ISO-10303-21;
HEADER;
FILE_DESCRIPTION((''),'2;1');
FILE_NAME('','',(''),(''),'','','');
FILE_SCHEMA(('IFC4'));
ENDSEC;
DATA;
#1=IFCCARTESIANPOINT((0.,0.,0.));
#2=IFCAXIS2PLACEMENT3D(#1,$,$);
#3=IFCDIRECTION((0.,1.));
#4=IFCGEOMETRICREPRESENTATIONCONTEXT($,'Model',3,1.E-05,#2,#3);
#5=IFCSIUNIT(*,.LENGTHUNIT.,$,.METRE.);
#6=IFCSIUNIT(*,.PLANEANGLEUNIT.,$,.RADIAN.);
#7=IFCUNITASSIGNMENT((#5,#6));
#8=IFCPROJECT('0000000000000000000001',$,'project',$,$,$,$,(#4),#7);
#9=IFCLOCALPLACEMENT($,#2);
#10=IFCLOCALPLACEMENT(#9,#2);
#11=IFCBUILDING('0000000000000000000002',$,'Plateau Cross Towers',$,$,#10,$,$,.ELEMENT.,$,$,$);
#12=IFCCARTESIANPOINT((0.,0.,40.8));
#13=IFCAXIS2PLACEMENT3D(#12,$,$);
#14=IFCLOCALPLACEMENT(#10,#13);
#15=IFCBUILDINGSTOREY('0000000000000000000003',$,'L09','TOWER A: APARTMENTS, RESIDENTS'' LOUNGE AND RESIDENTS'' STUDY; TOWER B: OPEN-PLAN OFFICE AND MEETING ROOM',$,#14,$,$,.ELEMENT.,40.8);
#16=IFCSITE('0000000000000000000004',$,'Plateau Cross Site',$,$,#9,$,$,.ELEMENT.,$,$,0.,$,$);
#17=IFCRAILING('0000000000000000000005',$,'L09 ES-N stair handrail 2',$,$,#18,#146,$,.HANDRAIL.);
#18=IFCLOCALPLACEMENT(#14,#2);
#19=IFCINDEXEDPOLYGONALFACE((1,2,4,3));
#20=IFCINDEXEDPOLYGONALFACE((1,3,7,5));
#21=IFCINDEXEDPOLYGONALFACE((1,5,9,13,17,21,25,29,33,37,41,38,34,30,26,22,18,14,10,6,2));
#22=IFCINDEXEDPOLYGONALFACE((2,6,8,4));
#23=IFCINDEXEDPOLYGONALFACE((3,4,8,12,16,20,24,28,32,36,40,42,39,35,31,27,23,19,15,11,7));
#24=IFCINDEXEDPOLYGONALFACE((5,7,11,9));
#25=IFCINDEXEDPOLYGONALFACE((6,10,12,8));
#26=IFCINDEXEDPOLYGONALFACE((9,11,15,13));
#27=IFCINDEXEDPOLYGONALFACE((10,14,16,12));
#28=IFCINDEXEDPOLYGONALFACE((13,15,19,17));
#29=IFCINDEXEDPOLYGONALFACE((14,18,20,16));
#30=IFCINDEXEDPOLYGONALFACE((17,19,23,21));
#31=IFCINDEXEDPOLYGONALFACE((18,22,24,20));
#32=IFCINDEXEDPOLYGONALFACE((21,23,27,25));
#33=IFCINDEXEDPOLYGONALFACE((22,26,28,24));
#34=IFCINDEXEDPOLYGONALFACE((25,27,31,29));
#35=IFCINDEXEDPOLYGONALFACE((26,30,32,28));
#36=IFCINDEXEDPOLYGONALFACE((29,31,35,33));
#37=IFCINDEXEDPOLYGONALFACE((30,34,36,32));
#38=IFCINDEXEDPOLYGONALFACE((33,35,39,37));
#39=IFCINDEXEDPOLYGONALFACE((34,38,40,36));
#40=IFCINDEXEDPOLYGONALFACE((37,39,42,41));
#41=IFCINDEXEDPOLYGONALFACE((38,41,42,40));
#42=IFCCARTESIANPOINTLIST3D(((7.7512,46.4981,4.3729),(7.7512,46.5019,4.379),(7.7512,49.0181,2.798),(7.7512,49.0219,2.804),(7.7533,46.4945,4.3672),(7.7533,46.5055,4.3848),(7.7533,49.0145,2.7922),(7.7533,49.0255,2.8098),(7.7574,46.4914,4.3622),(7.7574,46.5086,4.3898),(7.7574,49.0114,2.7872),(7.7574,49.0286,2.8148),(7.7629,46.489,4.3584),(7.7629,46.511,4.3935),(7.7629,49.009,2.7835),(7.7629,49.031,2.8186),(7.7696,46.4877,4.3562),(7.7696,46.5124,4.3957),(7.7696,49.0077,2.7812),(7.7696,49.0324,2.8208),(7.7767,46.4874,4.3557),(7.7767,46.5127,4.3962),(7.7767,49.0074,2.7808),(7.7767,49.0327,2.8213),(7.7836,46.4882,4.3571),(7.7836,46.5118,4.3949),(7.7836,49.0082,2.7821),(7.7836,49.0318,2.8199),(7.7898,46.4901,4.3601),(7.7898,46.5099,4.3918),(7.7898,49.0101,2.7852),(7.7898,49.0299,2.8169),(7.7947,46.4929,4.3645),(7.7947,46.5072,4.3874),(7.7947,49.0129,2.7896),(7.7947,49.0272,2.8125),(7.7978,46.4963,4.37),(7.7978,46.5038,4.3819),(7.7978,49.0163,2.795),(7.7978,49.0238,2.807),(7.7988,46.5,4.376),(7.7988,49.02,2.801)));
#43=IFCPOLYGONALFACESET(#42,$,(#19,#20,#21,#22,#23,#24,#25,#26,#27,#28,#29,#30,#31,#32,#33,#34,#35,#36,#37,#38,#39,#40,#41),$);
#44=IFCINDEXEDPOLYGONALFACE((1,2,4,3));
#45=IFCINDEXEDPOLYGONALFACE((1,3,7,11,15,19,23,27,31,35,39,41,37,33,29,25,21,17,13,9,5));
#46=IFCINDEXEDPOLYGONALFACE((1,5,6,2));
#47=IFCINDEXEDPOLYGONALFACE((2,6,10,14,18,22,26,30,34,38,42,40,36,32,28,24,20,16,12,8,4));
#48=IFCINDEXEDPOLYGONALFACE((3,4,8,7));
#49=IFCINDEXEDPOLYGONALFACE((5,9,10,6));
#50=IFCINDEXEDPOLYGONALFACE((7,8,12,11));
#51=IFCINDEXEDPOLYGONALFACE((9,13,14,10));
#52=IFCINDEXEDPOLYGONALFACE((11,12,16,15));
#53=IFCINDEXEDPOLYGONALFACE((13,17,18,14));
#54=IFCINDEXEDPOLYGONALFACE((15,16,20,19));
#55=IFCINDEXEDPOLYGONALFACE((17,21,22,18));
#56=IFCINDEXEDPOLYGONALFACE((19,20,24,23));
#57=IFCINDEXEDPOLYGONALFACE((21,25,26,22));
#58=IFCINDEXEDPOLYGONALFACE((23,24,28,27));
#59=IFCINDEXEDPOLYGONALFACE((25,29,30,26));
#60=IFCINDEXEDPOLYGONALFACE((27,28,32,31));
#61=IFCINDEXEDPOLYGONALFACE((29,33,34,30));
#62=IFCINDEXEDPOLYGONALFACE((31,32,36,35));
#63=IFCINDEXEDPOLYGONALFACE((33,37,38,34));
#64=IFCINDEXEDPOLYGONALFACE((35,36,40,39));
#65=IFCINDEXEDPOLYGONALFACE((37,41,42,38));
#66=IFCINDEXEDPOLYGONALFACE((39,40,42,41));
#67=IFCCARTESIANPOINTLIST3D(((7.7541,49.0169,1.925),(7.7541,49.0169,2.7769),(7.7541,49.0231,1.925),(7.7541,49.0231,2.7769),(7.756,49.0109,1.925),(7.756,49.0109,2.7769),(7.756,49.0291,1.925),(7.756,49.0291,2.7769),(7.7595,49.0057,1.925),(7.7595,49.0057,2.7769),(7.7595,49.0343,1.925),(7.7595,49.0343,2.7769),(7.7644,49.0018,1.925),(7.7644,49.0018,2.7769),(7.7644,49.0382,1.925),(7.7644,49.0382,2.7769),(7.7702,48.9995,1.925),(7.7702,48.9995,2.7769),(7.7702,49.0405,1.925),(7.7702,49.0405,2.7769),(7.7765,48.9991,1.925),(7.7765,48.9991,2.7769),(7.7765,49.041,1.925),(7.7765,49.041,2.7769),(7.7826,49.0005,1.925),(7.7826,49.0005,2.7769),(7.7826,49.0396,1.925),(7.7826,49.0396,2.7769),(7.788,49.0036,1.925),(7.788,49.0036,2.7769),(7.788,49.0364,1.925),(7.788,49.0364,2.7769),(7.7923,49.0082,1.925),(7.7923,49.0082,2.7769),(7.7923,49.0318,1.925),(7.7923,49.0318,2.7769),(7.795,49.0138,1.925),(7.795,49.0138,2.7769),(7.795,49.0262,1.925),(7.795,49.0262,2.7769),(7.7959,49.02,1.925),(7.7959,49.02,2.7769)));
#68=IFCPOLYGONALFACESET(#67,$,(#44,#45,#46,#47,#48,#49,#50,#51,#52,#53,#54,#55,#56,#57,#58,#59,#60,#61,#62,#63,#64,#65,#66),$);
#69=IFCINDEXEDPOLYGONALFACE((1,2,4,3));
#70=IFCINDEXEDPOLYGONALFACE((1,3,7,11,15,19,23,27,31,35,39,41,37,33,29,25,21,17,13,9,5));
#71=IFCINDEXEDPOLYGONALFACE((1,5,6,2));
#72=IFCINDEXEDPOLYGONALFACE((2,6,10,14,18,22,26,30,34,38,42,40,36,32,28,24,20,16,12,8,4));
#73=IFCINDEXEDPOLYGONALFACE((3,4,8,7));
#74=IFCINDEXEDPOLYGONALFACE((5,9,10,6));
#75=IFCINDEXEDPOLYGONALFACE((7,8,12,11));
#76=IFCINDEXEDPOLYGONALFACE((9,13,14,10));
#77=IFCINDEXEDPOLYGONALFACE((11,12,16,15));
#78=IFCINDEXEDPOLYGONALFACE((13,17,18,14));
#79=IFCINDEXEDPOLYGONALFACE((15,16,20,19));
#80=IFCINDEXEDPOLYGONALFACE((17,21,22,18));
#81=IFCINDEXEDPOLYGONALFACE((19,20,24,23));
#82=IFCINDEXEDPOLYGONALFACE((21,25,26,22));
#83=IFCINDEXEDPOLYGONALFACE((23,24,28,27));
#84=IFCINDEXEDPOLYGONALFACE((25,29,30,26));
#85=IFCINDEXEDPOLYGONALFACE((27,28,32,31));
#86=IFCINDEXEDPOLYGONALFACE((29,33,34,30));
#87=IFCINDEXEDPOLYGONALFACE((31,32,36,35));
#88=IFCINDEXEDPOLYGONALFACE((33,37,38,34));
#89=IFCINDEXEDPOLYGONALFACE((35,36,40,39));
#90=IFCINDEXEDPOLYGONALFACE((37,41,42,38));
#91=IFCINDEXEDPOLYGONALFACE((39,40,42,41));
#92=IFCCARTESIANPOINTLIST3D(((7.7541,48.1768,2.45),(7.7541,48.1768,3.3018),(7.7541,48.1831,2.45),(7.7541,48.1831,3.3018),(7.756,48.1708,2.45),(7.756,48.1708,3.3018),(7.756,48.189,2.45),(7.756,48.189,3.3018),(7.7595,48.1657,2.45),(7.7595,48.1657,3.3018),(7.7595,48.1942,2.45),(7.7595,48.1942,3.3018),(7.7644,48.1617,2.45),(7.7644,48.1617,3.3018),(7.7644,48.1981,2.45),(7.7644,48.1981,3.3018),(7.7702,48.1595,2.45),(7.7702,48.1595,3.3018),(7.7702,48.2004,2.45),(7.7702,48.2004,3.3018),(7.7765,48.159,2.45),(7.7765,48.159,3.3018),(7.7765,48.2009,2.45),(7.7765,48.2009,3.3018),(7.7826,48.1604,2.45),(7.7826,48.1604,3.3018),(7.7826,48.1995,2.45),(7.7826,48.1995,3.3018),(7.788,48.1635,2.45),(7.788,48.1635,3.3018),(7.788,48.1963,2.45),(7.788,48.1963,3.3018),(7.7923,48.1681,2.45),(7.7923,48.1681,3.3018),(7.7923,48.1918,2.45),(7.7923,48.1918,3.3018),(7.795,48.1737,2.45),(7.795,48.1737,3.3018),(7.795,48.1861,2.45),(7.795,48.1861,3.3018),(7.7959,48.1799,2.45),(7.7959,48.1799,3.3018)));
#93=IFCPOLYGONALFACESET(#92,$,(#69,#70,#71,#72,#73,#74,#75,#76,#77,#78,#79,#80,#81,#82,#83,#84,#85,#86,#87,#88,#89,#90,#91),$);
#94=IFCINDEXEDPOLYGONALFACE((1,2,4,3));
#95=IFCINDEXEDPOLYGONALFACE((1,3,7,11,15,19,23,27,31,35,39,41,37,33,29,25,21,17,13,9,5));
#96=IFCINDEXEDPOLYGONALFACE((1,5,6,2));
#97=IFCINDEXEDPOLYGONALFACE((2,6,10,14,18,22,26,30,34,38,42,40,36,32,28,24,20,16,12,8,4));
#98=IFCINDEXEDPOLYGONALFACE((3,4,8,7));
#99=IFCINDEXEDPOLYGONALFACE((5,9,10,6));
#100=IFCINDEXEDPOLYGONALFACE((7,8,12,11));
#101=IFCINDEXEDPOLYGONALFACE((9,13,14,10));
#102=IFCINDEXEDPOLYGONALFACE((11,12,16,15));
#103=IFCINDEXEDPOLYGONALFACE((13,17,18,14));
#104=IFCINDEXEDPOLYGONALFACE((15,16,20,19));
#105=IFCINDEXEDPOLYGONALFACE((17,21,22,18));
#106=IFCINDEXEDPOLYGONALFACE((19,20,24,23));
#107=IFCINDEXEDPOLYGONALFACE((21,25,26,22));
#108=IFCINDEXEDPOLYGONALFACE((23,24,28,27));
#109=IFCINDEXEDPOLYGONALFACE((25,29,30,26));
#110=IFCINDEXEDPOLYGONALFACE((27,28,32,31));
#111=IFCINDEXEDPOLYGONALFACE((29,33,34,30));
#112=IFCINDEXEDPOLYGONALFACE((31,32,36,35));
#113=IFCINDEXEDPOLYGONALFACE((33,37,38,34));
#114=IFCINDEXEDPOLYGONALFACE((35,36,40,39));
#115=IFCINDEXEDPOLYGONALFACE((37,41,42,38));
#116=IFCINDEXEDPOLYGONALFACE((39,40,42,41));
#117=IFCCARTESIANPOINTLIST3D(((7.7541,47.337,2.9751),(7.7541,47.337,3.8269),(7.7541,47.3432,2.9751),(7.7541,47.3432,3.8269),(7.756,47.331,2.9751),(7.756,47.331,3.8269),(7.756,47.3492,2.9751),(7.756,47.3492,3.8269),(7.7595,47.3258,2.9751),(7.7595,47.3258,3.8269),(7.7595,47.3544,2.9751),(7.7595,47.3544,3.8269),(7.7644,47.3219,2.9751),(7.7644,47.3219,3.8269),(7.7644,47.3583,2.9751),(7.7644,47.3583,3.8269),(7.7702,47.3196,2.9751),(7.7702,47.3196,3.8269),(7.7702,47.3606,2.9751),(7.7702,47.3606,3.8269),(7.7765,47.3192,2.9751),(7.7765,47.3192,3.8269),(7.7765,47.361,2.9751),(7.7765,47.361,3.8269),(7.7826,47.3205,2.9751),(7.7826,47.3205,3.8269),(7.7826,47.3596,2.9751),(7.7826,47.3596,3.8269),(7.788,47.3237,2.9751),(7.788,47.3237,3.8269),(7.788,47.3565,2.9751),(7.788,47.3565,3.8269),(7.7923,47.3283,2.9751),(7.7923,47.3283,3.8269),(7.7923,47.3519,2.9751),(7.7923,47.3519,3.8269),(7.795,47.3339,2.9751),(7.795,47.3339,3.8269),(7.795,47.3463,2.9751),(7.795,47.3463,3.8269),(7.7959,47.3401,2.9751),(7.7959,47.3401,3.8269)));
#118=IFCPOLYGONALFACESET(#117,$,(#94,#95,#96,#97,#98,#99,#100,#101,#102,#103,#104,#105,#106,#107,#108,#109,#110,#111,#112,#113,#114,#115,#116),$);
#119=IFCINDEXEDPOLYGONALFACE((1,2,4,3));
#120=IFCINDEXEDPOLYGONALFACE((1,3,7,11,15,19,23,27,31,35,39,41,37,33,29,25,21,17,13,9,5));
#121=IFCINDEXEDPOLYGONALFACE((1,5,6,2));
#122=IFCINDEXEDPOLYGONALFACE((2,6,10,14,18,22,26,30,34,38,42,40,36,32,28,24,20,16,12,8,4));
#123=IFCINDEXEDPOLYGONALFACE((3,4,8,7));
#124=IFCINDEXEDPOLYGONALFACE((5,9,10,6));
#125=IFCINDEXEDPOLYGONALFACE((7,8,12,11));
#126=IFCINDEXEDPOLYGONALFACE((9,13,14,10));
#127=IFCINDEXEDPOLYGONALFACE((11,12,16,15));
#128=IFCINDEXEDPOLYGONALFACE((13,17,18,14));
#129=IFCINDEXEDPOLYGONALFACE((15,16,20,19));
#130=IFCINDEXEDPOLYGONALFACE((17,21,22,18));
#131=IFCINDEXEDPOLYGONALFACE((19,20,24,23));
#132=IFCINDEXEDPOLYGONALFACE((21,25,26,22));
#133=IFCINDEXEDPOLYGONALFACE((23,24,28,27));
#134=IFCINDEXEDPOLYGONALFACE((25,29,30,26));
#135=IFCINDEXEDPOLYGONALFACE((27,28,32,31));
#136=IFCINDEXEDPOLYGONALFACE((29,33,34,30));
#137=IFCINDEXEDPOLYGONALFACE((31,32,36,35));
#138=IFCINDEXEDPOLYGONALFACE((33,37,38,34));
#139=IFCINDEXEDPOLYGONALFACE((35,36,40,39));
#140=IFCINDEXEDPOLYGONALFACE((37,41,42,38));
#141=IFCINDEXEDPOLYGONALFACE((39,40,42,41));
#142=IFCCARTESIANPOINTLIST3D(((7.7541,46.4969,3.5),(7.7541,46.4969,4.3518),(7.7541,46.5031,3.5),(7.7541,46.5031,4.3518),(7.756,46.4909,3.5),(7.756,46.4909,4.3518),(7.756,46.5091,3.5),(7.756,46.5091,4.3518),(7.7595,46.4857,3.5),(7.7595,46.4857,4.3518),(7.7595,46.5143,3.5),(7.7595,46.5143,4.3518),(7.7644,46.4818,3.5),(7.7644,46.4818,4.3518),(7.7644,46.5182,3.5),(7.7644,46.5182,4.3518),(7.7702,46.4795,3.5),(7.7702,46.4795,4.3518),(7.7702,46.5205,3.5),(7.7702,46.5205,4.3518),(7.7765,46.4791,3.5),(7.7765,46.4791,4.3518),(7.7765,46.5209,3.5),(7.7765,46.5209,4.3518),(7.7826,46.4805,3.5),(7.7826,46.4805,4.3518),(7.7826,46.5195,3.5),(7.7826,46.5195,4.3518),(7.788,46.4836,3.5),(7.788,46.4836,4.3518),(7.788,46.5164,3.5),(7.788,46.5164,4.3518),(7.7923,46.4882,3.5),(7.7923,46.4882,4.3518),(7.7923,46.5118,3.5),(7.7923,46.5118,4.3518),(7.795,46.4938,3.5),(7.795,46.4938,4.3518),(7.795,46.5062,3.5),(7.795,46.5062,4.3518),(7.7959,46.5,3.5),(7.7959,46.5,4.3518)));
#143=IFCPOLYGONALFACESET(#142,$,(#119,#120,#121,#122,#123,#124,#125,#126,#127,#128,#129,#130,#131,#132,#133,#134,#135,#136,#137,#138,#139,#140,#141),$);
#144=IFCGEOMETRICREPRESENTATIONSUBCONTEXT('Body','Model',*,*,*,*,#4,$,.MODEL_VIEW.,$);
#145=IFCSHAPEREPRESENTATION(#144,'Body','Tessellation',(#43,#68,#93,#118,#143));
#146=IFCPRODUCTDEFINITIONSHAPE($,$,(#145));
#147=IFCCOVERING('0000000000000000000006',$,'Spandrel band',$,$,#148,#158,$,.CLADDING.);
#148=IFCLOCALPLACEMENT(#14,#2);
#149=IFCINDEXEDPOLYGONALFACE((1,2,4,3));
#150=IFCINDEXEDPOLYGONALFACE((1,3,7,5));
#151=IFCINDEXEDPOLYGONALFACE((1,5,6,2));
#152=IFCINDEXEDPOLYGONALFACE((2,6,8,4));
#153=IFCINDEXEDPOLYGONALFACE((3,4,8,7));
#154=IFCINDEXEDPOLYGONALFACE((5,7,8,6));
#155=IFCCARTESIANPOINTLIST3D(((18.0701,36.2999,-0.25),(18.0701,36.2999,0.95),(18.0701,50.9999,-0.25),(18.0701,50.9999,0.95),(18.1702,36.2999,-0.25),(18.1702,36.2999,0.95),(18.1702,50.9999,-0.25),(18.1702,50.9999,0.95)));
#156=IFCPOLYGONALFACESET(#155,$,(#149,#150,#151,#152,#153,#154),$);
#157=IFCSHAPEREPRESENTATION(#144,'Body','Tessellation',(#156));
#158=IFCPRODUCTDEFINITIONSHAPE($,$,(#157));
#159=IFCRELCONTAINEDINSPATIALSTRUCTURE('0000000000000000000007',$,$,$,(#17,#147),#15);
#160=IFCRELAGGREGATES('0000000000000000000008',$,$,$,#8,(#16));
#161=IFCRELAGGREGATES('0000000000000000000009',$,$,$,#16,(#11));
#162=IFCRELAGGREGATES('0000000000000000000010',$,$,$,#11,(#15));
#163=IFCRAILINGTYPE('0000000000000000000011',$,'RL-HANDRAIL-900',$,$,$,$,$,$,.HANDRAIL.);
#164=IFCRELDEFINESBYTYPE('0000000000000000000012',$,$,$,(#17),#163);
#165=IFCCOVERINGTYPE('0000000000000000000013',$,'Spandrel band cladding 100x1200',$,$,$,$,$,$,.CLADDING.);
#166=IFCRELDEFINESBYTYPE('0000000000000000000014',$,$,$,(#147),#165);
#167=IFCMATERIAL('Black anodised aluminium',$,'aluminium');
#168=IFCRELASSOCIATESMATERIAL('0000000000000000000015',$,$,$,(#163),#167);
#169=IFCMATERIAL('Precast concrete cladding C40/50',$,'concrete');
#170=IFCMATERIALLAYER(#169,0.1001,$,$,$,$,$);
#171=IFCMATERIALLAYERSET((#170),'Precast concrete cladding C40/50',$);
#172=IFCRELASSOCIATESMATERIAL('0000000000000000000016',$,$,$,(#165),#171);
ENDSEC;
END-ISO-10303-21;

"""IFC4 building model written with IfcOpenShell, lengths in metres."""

from ifc_helpers import new_model, si_unit, direction, frame, origin, origin_2d, place, context, subcontext, project, spatial, rectangle, circle, extrude, material, layer, layer_set, type_object, element, save


model = new_model("IFC4")

# Units and contexts
model_context = context("Model", 3, precision=1e-05, world=origin(), true_north=direction((0.0, 1.0)))
body_context = subcontext(model_context, "Body", "Model", "MODEL_VIEW")
ifc_project = project(units=[si_unit("LENGTHUNIT", "METRE"), si_unit("PLANEANGLEUNIT", "RADIAN")], contexts=[model_context])

# Site, building, storey
site_placement = place(None, origin())
site = spatial("IfcSite", under=ifc_project, at=site_placement, Name="Plateau Cross Site", CompositionType="ELEMENT", RefElevation=0.0)
building_placement = place(site_placement, origin())
building = spatial("IfcBuilding", under=site, at=building_placement, Name="Plateau Cross Towers", CompositionType="ELEMENT")
storey_placement = place(building_placement, frame((0.0, 0.0, 40.8)))
storey = spatial("IfcBuildingStorey", under=building, at=storey_placement, Name="L09", Description="TOWER A: APARTMENTS, RESIDENTS' LOUNGE AND RESIDENTS' STUDY; TOWER B: OPEN-PLAN OFFICE AND MEETING ROOM", CompositionType="ELEMENT", Elevation=40.8)

# Shared definitions
ifc_material_1 = material(Name="Black anodised aluminium", Category="aluminium")

# Railing
railing_type_1 = type_object("IfcRailingType", Name="RL-HANDRAIL-900", PredefinedType="HANDRAIL", material=ifc_material_1)
railing_1_placement = place(storey_placement, frame((7.7749, 49.02, 1.925)))
element("IfcRailing", 1, at=railing_1_placement, inside=storey, type_object=railing_type_1, Name="L09 ES-N stair handrail 2", PredefinedType="HANDRAIL", context=body_context, shape_type="SweptSolid", body=[
    extrude(circle(Radius=0.0239, at=origin_2d()), frame((0.0, 0.0, 0.876), z_axis=(0.0, -0.848008, 0.529984), x_axis=(1.0, 0.0, 0.0)), (0.0, 0.0, 1.0), 2.9717),
    extrude(circle(Radius=0.021, at=origin_2d()), origin(), (0.0, 0.0, 1.0), 0.8518),
    extrude(circle(Radius=0.021, at=origin_2d()), frame((0.0, -0.8401, 0.5249)), (0.0, 0.0, 1.0), 0.8518),
    extrude(circle(Radius=0.021, at=origin_2d()), frame((0.0, -1.6799, 1.05)), (0.0, 0.0, 1.0), 0.8518),
    extrude(circle(Radius=0.021, at=origin_2d()), frame((0.0, -2.52, 1.575)), (0.0, 0.0, 1.0), 0.8518),
])

# Covering
ifc_material_2 = material(Name="Precast concrete cladding C40/50", Category="concrete")
ifc_layer_1 = layer(ifc_material_2, 0.1001)
ifc_layer_set_1 = layer_set([ifc_layer_1], Name="Precast concrete cladding C40/50")
covering_type = type_object("IfcCoveringType", Name="Spandrel band cladding 100x1200", PredefinedType="CLADDING", material=ifc_layer_set_1)
covering_placement = place(storey_placement, frame((18.1201, 43.6499, -0.25), z_axis=(0.0, 0.0, 1.0), x_axis=(0.0, 1.0, 0.0)))
element("IfcCovering", 2, at=covering_placement, inside=storey, type_object=covering_type, Name="Spandrel band", PredefinedType="CLADDING", context=body_context, shape_type="SweptSolid", body=[
    extrude(rectangle(XDim=14.7, YDim=0.1001, at=origin_2d()), origin(), (0.0, 0.0, 1.0), 1.2),
])

save(model, "model.ifc")
